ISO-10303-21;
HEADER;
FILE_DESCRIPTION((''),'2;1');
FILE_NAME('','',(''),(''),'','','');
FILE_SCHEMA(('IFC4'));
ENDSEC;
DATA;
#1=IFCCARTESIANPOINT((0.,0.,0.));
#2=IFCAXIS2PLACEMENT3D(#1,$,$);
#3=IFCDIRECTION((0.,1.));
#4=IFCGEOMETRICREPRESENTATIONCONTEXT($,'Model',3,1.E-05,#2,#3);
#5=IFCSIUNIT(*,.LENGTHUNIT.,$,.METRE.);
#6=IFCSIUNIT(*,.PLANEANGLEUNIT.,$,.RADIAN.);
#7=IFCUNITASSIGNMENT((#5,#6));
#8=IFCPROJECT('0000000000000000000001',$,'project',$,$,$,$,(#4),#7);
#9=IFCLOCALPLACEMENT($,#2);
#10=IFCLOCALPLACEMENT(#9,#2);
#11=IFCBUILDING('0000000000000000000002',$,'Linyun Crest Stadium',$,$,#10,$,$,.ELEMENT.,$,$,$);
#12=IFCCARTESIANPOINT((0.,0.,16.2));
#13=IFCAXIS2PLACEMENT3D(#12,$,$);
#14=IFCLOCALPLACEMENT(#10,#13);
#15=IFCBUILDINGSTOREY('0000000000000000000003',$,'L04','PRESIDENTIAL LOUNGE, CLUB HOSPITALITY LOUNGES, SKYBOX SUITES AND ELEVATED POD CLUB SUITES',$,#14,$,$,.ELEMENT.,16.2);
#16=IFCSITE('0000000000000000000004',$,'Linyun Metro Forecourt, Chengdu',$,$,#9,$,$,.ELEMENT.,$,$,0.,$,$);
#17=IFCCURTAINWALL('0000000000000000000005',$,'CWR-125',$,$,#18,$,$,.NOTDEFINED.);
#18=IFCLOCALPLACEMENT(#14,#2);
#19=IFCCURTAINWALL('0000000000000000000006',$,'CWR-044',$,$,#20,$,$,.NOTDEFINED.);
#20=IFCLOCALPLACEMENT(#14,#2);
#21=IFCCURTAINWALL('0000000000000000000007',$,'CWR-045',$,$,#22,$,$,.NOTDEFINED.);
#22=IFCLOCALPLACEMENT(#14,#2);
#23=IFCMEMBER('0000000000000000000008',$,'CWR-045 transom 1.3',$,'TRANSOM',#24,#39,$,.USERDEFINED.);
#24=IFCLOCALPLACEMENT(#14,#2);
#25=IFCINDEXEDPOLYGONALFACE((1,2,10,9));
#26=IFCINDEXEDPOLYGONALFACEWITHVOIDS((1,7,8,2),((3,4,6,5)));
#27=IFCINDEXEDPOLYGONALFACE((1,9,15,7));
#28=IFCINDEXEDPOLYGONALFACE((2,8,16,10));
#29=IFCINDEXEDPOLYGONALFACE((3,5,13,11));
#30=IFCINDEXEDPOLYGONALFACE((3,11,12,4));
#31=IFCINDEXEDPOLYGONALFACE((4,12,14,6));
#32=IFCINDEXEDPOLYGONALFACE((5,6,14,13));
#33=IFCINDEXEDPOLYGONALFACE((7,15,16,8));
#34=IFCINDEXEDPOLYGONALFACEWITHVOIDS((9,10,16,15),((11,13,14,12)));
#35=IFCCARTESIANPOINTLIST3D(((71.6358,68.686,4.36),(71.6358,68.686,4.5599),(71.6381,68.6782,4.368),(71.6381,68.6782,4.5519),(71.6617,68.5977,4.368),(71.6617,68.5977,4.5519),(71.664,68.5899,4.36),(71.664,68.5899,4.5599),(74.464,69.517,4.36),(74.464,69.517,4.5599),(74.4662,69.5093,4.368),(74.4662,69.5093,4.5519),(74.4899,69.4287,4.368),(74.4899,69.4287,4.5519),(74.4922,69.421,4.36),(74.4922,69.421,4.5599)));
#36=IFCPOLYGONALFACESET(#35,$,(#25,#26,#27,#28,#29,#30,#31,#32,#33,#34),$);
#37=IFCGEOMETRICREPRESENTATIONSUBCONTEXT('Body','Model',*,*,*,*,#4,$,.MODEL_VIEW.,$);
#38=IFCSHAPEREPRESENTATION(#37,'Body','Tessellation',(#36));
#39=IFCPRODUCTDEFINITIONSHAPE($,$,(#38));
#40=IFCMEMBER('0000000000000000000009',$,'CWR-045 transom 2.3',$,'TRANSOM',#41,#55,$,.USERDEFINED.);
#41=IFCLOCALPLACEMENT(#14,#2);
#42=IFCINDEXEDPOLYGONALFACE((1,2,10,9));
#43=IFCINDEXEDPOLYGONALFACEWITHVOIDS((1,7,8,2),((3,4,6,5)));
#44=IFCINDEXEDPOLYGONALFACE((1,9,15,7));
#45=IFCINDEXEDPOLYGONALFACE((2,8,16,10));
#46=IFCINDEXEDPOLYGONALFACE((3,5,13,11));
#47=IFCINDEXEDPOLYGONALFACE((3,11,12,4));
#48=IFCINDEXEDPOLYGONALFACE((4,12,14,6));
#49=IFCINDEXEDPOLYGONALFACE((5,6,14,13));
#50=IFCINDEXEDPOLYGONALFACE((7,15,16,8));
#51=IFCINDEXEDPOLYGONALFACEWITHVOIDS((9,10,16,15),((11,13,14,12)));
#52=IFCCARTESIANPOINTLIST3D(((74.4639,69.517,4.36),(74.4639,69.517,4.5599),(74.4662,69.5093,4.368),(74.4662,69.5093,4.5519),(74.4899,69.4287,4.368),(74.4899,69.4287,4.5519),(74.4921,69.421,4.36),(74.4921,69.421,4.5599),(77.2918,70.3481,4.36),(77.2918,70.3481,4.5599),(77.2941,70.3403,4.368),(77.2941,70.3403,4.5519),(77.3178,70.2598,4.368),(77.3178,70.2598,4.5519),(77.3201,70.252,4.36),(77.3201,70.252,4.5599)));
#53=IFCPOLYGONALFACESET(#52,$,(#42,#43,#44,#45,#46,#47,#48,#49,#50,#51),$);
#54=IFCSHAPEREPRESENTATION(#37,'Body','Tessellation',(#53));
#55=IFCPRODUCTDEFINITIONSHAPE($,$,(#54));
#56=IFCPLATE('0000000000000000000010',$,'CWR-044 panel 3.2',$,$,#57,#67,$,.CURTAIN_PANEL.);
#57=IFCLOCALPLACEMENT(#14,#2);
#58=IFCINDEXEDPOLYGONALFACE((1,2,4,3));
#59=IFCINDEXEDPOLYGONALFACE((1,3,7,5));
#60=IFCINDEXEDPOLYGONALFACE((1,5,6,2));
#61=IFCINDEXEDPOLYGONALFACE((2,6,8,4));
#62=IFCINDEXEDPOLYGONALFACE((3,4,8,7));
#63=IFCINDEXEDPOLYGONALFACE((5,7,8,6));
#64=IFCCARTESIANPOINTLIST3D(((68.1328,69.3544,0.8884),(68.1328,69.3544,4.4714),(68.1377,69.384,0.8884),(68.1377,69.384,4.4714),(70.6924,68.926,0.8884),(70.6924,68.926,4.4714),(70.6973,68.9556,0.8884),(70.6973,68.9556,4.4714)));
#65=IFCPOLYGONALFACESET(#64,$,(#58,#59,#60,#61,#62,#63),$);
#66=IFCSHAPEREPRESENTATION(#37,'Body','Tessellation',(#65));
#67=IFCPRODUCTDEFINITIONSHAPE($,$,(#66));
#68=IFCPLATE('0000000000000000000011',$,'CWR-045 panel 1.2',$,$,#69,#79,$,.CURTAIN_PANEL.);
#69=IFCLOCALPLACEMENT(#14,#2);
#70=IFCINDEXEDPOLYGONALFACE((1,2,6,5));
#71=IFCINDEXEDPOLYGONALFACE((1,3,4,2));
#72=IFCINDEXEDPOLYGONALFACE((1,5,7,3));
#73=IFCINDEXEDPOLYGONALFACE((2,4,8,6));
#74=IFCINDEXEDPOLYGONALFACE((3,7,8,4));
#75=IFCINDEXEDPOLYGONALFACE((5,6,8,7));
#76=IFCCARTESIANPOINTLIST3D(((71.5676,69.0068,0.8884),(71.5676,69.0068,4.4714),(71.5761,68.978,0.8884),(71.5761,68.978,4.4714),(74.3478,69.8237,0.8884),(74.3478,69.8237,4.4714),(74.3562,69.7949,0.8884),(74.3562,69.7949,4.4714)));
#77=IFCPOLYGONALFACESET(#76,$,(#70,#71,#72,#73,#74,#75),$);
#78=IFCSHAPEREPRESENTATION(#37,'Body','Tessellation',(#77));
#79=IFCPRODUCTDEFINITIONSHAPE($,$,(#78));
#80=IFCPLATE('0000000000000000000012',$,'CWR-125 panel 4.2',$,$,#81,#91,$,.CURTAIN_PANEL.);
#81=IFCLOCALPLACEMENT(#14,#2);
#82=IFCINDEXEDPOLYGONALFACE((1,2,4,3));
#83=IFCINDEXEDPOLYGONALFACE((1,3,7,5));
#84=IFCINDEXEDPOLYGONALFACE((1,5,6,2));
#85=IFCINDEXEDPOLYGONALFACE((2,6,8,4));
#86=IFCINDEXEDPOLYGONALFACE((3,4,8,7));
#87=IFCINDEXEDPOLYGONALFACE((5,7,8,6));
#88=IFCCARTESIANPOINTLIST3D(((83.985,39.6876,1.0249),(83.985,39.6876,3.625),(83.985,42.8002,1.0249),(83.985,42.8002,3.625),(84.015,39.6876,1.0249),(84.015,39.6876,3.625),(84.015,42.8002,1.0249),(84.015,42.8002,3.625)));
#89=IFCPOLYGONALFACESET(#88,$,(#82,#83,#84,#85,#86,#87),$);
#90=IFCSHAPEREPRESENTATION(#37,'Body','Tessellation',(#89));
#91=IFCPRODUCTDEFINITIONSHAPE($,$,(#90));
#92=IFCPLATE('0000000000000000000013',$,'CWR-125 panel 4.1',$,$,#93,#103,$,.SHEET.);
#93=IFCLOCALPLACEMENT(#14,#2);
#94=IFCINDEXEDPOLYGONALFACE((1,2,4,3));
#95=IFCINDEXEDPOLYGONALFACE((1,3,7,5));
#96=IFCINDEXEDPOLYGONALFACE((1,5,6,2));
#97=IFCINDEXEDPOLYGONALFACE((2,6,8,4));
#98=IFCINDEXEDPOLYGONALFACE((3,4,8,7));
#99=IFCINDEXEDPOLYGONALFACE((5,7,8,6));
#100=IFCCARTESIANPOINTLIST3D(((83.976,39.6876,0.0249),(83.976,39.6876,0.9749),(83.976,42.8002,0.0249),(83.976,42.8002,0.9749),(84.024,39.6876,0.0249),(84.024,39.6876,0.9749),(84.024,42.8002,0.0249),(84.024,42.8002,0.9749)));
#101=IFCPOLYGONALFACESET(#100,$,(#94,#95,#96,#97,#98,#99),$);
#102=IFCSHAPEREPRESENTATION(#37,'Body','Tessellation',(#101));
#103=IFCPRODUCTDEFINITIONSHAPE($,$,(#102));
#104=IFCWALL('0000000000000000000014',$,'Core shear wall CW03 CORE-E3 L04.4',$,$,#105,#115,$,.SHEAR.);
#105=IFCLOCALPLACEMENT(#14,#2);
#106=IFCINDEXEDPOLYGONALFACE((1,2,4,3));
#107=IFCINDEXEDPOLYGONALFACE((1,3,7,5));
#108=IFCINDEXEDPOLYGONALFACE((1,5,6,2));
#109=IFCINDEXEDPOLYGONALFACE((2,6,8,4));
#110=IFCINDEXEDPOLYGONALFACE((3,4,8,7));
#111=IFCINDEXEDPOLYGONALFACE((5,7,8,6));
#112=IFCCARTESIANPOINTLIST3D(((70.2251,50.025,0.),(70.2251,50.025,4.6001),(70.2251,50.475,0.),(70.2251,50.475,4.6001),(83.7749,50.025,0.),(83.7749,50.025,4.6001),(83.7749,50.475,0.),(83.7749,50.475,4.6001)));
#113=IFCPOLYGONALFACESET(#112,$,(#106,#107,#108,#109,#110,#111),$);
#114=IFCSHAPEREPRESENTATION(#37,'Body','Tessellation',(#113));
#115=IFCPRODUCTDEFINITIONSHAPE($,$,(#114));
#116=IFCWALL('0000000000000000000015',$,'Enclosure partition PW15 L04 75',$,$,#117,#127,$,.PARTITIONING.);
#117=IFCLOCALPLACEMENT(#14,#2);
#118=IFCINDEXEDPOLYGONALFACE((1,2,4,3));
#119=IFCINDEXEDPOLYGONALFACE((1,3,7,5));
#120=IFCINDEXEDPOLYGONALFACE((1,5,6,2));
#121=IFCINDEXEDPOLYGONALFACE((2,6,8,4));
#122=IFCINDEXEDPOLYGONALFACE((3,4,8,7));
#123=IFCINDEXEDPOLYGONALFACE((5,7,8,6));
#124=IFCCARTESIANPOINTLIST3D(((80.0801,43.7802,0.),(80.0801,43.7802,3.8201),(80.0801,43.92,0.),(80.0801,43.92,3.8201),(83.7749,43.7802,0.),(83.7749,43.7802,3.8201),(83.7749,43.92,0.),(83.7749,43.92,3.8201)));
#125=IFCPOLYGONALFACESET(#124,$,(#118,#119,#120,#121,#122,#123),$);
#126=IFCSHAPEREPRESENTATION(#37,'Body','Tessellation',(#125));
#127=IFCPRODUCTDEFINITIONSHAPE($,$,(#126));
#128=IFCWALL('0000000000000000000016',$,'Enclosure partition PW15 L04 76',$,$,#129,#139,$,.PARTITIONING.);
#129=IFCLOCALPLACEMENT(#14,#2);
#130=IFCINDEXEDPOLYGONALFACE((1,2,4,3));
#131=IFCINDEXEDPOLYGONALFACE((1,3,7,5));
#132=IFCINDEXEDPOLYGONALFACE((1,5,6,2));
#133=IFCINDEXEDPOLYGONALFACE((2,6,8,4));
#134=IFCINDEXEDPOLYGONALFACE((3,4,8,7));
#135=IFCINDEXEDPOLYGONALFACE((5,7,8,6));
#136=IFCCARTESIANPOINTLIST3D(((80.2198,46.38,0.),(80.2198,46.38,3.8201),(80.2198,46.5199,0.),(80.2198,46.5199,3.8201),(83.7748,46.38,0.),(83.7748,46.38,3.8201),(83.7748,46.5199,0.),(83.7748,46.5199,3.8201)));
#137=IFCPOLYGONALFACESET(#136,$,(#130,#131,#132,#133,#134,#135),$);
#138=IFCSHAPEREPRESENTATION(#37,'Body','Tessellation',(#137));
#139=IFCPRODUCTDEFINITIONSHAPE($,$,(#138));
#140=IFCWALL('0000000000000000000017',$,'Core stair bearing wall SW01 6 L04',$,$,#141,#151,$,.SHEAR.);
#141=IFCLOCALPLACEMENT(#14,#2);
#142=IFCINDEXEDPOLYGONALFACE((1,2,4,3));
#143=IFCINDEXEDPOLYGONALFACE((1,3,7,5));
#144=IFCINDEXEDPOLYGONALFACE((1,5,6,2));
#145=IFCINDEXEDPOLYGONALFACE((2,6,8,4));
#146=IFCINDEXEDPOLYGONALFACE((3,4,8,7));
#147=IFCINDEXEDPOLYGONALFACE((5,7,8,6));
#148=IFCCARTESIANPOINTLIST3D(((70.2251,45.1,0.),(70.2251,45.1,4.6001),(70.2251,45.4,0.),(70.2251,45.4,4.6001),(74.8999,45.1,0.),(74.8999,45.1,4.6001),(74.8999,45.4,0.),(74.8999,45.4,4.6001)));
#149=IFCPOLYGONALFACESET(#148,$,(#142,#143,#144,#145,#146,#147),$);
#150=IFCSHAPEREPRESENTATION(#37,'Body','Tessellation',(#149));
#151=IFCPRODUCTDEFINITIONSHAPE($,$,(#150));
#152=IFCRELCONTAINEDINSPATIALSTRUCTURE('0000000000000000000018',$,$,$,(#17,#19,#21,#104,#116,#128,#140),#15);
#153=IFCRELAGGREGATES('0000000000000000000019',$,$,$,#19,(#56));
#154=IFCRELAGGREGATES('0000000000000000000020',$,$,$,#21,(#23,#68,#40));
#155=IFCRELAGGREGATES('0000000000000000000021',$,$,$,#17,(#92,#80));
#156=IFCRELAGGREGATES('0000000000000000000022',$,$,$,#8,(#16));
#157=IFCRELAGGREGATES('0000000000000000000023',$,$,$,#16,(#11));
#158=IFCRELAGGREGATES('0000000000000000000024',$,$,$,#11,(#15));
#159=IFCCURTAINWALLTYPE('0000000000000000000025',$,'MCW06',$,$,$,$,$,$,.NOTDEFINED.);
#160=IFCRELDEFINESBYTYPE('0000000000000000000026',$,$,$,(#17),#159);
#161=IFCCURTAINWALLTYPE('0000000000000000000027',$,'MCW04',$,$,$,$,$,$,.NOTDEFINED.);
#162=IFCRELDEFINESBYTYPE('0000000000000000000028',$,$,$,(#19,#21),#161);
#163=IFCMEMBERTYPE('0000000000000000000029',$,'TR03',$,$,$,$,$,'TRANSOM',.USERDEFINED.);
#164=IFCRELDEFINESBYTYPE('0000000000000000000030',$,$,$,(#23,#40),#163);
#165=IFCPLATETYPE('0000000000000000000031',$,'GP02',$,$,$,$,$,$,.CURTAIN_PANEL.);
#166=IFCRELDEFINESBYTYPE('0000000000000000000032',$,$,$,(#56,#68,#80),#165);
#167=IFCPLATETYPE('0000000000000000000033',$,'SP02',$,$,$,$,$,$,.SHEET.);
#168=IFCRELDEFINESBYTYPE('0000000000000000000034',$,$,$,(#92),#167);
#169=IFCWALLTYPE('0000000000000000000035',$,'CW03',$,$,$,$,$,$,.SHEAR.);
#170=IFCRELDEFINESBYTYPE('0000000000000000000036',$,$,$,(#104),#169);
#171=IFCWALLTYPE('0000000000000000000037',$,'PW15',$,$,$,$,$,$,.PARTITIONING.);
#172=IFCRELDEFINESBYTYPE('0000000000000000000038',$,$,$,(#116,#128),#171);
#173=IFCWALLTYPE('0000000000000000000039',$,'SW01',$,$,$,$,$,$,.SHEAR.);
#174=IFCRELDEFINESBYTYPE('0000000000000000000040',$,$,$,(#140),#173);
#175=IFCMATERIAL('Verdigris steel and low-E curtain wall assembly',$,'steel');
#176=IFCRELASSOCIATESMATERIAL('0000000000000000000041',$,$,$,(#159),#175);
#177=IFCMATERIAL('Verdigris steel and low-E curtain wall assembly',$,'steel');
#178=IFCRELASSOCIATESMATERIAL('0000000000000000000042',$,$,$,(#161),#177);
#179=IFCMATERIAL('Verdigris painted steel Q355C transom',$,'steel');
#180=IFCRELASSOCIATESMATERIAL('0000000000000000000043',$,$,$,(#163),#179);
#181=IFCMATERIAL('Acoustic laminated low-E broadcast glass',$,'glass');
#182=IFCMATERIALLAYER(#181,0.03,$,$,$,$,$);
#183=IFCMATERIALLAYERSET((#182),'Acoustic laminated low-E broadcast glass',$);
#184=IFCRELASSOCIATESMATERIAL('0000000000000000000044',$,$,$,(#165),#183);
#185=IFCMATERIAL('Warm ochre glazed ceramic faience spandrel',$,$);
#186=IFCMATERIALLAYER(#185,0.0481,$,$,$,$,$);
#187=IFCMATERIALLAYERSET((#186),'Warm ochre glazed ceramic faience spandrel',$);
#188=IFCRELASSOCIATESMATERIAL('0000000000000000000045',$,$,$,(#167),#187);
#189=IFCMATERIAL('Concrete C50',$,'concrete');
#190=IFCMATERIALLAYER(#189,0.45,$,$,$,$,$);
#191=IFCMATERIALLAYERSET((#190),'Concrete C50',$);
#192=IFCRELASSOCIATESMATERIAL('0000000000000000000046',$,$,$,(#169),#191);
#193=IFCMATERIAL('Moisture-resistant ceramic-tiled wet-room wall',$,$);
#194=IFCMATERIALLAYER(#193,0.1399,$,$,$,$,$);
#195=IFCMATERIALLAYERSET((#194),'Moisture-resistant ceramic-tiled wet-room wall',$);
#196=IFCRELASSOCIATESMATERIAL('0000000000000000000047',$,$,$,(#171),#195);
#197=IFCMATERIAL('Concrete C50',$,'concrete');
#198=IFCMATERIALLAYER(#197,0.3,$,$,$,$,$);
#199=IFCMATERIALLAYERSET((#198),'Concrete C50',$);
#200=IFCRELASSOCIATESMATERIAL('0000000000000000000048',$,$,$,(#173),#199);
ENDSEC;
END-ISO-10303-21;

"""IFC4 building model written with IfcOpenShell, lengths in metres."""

from ifc_helpers import new_model, si_unit, direction, frame, frame_2d, origin, origin_2d, place, context, subcontext, project, spatial, rectangle, hollow_rectangle, extrude, material, layer, layer_set, material_profile, profile_set, type_object, element, aggregate, save


model = new_model("IFC4")

# Units and contexts
model_context = context("Model", 3, precision=1e-05, world=origin(), true_north=direction((0.0, 1.0)))
body_context = subcontext(model_context, "Body", "Model", "MODEL_VIEW")
ifc_project = project(units=[si_unit("LENGTHUNIT", "METRE"), si_unit("PLANEANGLEUNIT", "RADIAN")], contexts=[model_context])

# Site, building, storey
site_placement = place(None, origin())
site = spatial("IfcSite", under=ifc_project, at=site_placement, Name="Linyun Metro Forecourt, Chengdu", CompositionType="ELEMENT", RefElevation=0.0)
building_placement = place(site_placement, origin())
building = spatial("IfcBuilding", under=site, at=building_placement, Name="Linyun Crest Stadium", CompositionType="ELEMENT")
storey_placement = place(building_placement, frame((0.0, 0.0, 16.2)))
storey = spatial("IfcBuildingStorey", under=building, at=storey_placement, Name="L04", Description="PRESIDENTIAL LOUNGE, CLUB HOSPITALITY LOUNGES, SKYBOX SUITES AND ELEVATED POD CLUB SUITES", CompositionType="ELEMENT", Elevation=16.2)

# Curtain walls
ifc_material_1 = material(Name="Verdigris steel and low-E curtain wall assembly", Category="steel")
curtain_wall_type_1 = type_object("IfcCurtainWallType", Name="MCW06", PredefinedType="NOTDEFINED", material=ifc_material_1)
curtain_wall_1_placement = place(storey_placement, origin())
curtain_wall_1 = element("IfcCurtainWall", 1, at=curtain_wall_1_placement, inside=storey, type_object=curtain_wall_type_1, Name="CWR-125", PredefinedType="NOTDEFINED")
ifc_material_2 = material(Name="Verdigris steel and low-E curtain wall assembly", Category="steel")
curtain_wall_type_2 = type_object("IfcCurtainWallType", Name="MCW04", PredefinedType="NOTDEFINED", material=ifc_material_2)
curtain_wall_2_placement = place(storey_placement, origin())
curtain_wall_2 = element("IfcCurtainWall", 2, at=curtain_wall_2_placement, inside=storey, type_object=curtain_wall_type_2, Name="CWR-044", PredefinedType="NOTDEFINED")
curtain_wall_3_placement = place(storey_placement, origin())
curtain_wall_3 = element("IfcCurtainWall", 3, at=curtain_wall_3_placement, inside=storey, type_object=curtain_wall_type_2, Name="CWR-045", PredefinedType="NOTDEFINED")

# Members
ifc_material_3 = material(Name="Verdigris painted steel Q355C transom", Category="steel")
ifc_material_profile_1 = material_profile(ifc_material_3, hollow_rectangle(XDim=0.1001, YDim=0.2, WallThickness=0.0081, at=origin_2d()), Name="RHS 200x100x8")
ifc_profile_set_1 = profile_set([ifc_material_profile_1], Name="Verdigris painted steel Q355C transom")
member_type_1 = type_object("IfcMemberType", Name="TR03", ElementType="TRANSOM", PredefinedType="USERDEFINED", material=ifc_profile_set_1)
member_1_placement = place(storey_placement, frame((71.6499, 68.6379, 4.46), z_axis=(0.959434, 0.281933, 0.0), x_axis=(-0.281933, 0.959434, 0.0)))
member_1 = element("IfcMember", 4, at=member_1_placement, type_object=member_type_1, Name="CWR-045 transom 1.3", ObjectType="TRANSOM", PredefinedType="USERDEFINED", context=body_context, shape_type="SweptSolid", body=[
    extrude(hollow_rectangle(XDim=0.1001, YDim=0.2, WallThickness=0.0081, at=origin_2d()), origin(), (0.0, 0.0, 1.0), 2.9478),
])
member_2_placement = place(storey_placement, frame((74.478, 69.469, 4.46), z_axis=(0.959427, 0.281956, 0.0), x_axis=(-0.281956, 0.959427, 0.0)))
member_2 = element("IfcMember", 5, at=member_2_placement, type_object=member_type_1, Name="CWR-045 transom 2.3", ObjectType="TRANSOM", PredefinedType="USERDEFINED", context=body_context, shape_type="SweptSolid", body=[
    extrude(hollow_rectangle(XDim=0.1001, YDim=0.2, WallThickness=0.0081, at=origin_2d()), origin(), (0.0, 0.0, 1.0), 2.9475),
])

# Plates
ifc_material_4 = material(Name="Acoustic laminated low-E broadcast glass", Category="glass")
ifc_layer_1 = layer(ifc_material_4, 0.03)
ifc_layer_set_1 = layer_set([ifc_layer_1], Name="Acoustic laminated low-E broadcast glass")
plate_type_1 = type_object("IfcPlateType", Name="GP02", PredefinedType="CURTAIN_PANEL", material=ifc_layer_set_1)
plate_1_placement = place(storey_placement, frame((69.415, 69.155, 0.8884), z_axis=(0.0, 0.0, 1.0), x_axis=(0.986283, -0.165065, 0.0)))
plate_1 = element("IfcPlate", 6, at=plate_1_placement, type_object=plate_type_1, Name="CWR-044 panel 3.2", PredefinedType="CURTAIN_PANEL", context=body_context, shape_type="SweptSolid", body=[
    extrude(rectangle(XDim=2.5952, YDim=0.03, at=origin_2d()), origin(), (0.0, 0.0, 1.0), 3.583),
])
aggregate(curtain_wall_2, [plate_1])
plate_2_placement = place(storey_placement, frame((72.9619, 69.4009, 0.8884), z_axis=(0.0, 0.0, 1.0), x_axis=(0.959437, 0.281923, 0.0)))
plate_2 = element("IfcPlate", 7, at=plate_2_placement, type_object=plate_type_1, Name="CWR-045 panel 1.2", PredefinedType="CURTAIN_PANEL", context=body_context, shape_type="SweptSolid", body=[
    extrude(rectangle(XDim=2.8977, YDim=0.03, at=origin_2d()), origin(), (0.0, 0.0, 1.0), 3.583),
])
aggregate(curtain_wall_3, [member_1, plate_2, member_2])
plate_3_placement = place(storey_placement, frame((84.0, 41.2439, 1.0249), z_axis=(0.0, 0.0, 1.0), x_axis=(0.0, 1.0, 0.0)))
plate_3 = element("IfcPlate", 8, at=plate_3_placement, type_object=plate_type_1, Name="CWR-125 panel 4.2", PredefinedType="CURTAIN_PANEL", context=body_context, shape_type="SweptSolid", body=[
    extrude(rectangle(XDim=3.1125, YDim=0.03, at=origin_2d()), origin(), (0.0, 0.0, 1.0), 2.6001),
])
ifc_material_5 = material(Name="Warm ochre glazed ceramic faience spandrel")
ifc_layer_2 = layer(ifc_material_5, 0.0481)
ifc_layer_set_2 = layer_set([ifc_layer_2], Name="Warm ochre glazed ceramic faience spandrel")
plate_type_2 = type_object("IfcPlateType", Name="SP02", PredefinedType="SHEET", material=ifc_layer_set_2)
plate_4_placement = place(storey_placement, frame((84.0, 41.2439, 0.0249), z_axis=(0.0, 0.0, 1.0), x_axis=(0.0, 1.0, 0.0)))
plate_4 = element("IfcPlate", 9, at=plate_4_placement, type_object=plate_type_2, Name="CWR-125 panel 4.1", PredefinedType="SHEET", context=body_context, shape_type="SweptSolid", body=[
    extrude(rectangle(XDim=3.1125, YDim=0.0481, at=origin_2d()), origin(), (0.0, 0.0, 1.0), 0.95),
])
aggregate(curtain_wall_1, [plate_4, plate_3])

# Wall
ifc_material_6 = material(Name="Concrete C50", Category="concrete")
ifc_layer_3 = layer(ifc_material_6, 0.45)
ifc_layer_set_3 = layer_set([ifc_layer_3], Name="Concrete C50")
wall_type_1 = type_object("IfcWallType", Name="CW03", PredefinedType="SHEAR", material=ifc_layer_set_3)
wall_1_placement = place(storey_placement, frame((70.2251, 50.25, 0.0), z_axis=(0.0, 0.0, 1.0), x_axis=(1.0, 0.0, 0.0)))
element("IfcWall", 10, at=wall_1_placement, inside=storey, type_object=wall_type_1, Name="Core shear wall CW03 CORE-E3 L04.4", PredefinedType="SHEAR", context=body_context, shape_type="SweptSolid", body=[
    extrude(rectangle(XDim=13.5498, YDim=0.45, at=frame_2d((6.7749, 0.0))), origin(), (0.0, 0.0, 1.0), 4.6001),
])

# Shared definitions
ifc_material_7 = material(Name="Moisture-resistant ceramic-tiled wet-room wall")
ifc_layer_4 = layer(ifc_material_7, 0.1399)
ifc_layer_set_4 = layer_set([ifc_layer_4], Name="Moisture-resistant ceramic-tiled wet-room wall")
wall_type_2 = type_object("IfcWallType", Name="PW15", PredefinedType="PARTITIONING", material=ifc_layer_set_4)

# Walls
wall_2_placement = place(storey_placement, frame((80.0801, 43.8501, 0.0), z_axis=(0.0, 0.0, 1.0), x_axis=(1.0, 0.0, 0.0)))
element("IfcWall", 11, at=wall_2_placement, inside=storey, type_object=wall_type_2, Name="Enclosure partition PW15 L04 75", PredefinedType="PARTITIONING", context=body_context, shape_type="SweptSolid", body=[
    extrude(rectangle(XDim=3.6948, YDim=0.1399, at=frame_2d((1.8474, 0.0))), origin(), (0.0, 0.0, 1.0), 3.8201),
])
wall_3_placement = place(storey_placement, frame((80.22, 46.45, 0.0), z_axis=(0.0, 0.0, 1.0), x_axis=(1.0, 0.0, 0.0)))
element("IfcWall", 12, at=wall_3_placement, inside=storey, type_object=wall_type_2, Name="Enclosure partition PW15 L04 76", PredefinedType="PARTITIONING", context=body_context, shape_type="SweptSolid", body=[
    extrude(rectangle(XDim=3.5549, YDim=0.1399, at=frame_2d((1.7773, 0.0))), origin(), (0.0, 0.0, 1.0), 3.8201),
])
ifc_material_8 = material(Name="Concrete C50", Category="concrete")
ifc_layer_5 = layer(ifc_material_8, 0.3)
ifc_layer_set_5 = layer_set([ifc_layer_5], Name="Concrete C50")
wall_type_3 = type_object("IfcWallType", Name="SW01", PredefinedType="SHEAR", material=ifc_layer_set_5)
wall_4_placement = place(storey_placement, frame((70.2251, 45.25, 0.0), z_axis=(0.0, 0.0, 1.0), x_axis=(1.0, 0.0, 0.0)))
element("IfcWall", 13, at=wall_4_placement, inside=storey, type_object=wall_type_3, Name="Core stair bearing wall SW01 6 L04", PredefinedType="SHEAR", context=body_context, shape_type="SweptSolid", body=[
    extrude(rectangle(XDim=4.6748, YDim=0.3, at=frame_2d((2.3374, 0.0))), origin(), (0.0, 0.0, 1.0), 4.6001),
])

save(model, "model.ifc")
